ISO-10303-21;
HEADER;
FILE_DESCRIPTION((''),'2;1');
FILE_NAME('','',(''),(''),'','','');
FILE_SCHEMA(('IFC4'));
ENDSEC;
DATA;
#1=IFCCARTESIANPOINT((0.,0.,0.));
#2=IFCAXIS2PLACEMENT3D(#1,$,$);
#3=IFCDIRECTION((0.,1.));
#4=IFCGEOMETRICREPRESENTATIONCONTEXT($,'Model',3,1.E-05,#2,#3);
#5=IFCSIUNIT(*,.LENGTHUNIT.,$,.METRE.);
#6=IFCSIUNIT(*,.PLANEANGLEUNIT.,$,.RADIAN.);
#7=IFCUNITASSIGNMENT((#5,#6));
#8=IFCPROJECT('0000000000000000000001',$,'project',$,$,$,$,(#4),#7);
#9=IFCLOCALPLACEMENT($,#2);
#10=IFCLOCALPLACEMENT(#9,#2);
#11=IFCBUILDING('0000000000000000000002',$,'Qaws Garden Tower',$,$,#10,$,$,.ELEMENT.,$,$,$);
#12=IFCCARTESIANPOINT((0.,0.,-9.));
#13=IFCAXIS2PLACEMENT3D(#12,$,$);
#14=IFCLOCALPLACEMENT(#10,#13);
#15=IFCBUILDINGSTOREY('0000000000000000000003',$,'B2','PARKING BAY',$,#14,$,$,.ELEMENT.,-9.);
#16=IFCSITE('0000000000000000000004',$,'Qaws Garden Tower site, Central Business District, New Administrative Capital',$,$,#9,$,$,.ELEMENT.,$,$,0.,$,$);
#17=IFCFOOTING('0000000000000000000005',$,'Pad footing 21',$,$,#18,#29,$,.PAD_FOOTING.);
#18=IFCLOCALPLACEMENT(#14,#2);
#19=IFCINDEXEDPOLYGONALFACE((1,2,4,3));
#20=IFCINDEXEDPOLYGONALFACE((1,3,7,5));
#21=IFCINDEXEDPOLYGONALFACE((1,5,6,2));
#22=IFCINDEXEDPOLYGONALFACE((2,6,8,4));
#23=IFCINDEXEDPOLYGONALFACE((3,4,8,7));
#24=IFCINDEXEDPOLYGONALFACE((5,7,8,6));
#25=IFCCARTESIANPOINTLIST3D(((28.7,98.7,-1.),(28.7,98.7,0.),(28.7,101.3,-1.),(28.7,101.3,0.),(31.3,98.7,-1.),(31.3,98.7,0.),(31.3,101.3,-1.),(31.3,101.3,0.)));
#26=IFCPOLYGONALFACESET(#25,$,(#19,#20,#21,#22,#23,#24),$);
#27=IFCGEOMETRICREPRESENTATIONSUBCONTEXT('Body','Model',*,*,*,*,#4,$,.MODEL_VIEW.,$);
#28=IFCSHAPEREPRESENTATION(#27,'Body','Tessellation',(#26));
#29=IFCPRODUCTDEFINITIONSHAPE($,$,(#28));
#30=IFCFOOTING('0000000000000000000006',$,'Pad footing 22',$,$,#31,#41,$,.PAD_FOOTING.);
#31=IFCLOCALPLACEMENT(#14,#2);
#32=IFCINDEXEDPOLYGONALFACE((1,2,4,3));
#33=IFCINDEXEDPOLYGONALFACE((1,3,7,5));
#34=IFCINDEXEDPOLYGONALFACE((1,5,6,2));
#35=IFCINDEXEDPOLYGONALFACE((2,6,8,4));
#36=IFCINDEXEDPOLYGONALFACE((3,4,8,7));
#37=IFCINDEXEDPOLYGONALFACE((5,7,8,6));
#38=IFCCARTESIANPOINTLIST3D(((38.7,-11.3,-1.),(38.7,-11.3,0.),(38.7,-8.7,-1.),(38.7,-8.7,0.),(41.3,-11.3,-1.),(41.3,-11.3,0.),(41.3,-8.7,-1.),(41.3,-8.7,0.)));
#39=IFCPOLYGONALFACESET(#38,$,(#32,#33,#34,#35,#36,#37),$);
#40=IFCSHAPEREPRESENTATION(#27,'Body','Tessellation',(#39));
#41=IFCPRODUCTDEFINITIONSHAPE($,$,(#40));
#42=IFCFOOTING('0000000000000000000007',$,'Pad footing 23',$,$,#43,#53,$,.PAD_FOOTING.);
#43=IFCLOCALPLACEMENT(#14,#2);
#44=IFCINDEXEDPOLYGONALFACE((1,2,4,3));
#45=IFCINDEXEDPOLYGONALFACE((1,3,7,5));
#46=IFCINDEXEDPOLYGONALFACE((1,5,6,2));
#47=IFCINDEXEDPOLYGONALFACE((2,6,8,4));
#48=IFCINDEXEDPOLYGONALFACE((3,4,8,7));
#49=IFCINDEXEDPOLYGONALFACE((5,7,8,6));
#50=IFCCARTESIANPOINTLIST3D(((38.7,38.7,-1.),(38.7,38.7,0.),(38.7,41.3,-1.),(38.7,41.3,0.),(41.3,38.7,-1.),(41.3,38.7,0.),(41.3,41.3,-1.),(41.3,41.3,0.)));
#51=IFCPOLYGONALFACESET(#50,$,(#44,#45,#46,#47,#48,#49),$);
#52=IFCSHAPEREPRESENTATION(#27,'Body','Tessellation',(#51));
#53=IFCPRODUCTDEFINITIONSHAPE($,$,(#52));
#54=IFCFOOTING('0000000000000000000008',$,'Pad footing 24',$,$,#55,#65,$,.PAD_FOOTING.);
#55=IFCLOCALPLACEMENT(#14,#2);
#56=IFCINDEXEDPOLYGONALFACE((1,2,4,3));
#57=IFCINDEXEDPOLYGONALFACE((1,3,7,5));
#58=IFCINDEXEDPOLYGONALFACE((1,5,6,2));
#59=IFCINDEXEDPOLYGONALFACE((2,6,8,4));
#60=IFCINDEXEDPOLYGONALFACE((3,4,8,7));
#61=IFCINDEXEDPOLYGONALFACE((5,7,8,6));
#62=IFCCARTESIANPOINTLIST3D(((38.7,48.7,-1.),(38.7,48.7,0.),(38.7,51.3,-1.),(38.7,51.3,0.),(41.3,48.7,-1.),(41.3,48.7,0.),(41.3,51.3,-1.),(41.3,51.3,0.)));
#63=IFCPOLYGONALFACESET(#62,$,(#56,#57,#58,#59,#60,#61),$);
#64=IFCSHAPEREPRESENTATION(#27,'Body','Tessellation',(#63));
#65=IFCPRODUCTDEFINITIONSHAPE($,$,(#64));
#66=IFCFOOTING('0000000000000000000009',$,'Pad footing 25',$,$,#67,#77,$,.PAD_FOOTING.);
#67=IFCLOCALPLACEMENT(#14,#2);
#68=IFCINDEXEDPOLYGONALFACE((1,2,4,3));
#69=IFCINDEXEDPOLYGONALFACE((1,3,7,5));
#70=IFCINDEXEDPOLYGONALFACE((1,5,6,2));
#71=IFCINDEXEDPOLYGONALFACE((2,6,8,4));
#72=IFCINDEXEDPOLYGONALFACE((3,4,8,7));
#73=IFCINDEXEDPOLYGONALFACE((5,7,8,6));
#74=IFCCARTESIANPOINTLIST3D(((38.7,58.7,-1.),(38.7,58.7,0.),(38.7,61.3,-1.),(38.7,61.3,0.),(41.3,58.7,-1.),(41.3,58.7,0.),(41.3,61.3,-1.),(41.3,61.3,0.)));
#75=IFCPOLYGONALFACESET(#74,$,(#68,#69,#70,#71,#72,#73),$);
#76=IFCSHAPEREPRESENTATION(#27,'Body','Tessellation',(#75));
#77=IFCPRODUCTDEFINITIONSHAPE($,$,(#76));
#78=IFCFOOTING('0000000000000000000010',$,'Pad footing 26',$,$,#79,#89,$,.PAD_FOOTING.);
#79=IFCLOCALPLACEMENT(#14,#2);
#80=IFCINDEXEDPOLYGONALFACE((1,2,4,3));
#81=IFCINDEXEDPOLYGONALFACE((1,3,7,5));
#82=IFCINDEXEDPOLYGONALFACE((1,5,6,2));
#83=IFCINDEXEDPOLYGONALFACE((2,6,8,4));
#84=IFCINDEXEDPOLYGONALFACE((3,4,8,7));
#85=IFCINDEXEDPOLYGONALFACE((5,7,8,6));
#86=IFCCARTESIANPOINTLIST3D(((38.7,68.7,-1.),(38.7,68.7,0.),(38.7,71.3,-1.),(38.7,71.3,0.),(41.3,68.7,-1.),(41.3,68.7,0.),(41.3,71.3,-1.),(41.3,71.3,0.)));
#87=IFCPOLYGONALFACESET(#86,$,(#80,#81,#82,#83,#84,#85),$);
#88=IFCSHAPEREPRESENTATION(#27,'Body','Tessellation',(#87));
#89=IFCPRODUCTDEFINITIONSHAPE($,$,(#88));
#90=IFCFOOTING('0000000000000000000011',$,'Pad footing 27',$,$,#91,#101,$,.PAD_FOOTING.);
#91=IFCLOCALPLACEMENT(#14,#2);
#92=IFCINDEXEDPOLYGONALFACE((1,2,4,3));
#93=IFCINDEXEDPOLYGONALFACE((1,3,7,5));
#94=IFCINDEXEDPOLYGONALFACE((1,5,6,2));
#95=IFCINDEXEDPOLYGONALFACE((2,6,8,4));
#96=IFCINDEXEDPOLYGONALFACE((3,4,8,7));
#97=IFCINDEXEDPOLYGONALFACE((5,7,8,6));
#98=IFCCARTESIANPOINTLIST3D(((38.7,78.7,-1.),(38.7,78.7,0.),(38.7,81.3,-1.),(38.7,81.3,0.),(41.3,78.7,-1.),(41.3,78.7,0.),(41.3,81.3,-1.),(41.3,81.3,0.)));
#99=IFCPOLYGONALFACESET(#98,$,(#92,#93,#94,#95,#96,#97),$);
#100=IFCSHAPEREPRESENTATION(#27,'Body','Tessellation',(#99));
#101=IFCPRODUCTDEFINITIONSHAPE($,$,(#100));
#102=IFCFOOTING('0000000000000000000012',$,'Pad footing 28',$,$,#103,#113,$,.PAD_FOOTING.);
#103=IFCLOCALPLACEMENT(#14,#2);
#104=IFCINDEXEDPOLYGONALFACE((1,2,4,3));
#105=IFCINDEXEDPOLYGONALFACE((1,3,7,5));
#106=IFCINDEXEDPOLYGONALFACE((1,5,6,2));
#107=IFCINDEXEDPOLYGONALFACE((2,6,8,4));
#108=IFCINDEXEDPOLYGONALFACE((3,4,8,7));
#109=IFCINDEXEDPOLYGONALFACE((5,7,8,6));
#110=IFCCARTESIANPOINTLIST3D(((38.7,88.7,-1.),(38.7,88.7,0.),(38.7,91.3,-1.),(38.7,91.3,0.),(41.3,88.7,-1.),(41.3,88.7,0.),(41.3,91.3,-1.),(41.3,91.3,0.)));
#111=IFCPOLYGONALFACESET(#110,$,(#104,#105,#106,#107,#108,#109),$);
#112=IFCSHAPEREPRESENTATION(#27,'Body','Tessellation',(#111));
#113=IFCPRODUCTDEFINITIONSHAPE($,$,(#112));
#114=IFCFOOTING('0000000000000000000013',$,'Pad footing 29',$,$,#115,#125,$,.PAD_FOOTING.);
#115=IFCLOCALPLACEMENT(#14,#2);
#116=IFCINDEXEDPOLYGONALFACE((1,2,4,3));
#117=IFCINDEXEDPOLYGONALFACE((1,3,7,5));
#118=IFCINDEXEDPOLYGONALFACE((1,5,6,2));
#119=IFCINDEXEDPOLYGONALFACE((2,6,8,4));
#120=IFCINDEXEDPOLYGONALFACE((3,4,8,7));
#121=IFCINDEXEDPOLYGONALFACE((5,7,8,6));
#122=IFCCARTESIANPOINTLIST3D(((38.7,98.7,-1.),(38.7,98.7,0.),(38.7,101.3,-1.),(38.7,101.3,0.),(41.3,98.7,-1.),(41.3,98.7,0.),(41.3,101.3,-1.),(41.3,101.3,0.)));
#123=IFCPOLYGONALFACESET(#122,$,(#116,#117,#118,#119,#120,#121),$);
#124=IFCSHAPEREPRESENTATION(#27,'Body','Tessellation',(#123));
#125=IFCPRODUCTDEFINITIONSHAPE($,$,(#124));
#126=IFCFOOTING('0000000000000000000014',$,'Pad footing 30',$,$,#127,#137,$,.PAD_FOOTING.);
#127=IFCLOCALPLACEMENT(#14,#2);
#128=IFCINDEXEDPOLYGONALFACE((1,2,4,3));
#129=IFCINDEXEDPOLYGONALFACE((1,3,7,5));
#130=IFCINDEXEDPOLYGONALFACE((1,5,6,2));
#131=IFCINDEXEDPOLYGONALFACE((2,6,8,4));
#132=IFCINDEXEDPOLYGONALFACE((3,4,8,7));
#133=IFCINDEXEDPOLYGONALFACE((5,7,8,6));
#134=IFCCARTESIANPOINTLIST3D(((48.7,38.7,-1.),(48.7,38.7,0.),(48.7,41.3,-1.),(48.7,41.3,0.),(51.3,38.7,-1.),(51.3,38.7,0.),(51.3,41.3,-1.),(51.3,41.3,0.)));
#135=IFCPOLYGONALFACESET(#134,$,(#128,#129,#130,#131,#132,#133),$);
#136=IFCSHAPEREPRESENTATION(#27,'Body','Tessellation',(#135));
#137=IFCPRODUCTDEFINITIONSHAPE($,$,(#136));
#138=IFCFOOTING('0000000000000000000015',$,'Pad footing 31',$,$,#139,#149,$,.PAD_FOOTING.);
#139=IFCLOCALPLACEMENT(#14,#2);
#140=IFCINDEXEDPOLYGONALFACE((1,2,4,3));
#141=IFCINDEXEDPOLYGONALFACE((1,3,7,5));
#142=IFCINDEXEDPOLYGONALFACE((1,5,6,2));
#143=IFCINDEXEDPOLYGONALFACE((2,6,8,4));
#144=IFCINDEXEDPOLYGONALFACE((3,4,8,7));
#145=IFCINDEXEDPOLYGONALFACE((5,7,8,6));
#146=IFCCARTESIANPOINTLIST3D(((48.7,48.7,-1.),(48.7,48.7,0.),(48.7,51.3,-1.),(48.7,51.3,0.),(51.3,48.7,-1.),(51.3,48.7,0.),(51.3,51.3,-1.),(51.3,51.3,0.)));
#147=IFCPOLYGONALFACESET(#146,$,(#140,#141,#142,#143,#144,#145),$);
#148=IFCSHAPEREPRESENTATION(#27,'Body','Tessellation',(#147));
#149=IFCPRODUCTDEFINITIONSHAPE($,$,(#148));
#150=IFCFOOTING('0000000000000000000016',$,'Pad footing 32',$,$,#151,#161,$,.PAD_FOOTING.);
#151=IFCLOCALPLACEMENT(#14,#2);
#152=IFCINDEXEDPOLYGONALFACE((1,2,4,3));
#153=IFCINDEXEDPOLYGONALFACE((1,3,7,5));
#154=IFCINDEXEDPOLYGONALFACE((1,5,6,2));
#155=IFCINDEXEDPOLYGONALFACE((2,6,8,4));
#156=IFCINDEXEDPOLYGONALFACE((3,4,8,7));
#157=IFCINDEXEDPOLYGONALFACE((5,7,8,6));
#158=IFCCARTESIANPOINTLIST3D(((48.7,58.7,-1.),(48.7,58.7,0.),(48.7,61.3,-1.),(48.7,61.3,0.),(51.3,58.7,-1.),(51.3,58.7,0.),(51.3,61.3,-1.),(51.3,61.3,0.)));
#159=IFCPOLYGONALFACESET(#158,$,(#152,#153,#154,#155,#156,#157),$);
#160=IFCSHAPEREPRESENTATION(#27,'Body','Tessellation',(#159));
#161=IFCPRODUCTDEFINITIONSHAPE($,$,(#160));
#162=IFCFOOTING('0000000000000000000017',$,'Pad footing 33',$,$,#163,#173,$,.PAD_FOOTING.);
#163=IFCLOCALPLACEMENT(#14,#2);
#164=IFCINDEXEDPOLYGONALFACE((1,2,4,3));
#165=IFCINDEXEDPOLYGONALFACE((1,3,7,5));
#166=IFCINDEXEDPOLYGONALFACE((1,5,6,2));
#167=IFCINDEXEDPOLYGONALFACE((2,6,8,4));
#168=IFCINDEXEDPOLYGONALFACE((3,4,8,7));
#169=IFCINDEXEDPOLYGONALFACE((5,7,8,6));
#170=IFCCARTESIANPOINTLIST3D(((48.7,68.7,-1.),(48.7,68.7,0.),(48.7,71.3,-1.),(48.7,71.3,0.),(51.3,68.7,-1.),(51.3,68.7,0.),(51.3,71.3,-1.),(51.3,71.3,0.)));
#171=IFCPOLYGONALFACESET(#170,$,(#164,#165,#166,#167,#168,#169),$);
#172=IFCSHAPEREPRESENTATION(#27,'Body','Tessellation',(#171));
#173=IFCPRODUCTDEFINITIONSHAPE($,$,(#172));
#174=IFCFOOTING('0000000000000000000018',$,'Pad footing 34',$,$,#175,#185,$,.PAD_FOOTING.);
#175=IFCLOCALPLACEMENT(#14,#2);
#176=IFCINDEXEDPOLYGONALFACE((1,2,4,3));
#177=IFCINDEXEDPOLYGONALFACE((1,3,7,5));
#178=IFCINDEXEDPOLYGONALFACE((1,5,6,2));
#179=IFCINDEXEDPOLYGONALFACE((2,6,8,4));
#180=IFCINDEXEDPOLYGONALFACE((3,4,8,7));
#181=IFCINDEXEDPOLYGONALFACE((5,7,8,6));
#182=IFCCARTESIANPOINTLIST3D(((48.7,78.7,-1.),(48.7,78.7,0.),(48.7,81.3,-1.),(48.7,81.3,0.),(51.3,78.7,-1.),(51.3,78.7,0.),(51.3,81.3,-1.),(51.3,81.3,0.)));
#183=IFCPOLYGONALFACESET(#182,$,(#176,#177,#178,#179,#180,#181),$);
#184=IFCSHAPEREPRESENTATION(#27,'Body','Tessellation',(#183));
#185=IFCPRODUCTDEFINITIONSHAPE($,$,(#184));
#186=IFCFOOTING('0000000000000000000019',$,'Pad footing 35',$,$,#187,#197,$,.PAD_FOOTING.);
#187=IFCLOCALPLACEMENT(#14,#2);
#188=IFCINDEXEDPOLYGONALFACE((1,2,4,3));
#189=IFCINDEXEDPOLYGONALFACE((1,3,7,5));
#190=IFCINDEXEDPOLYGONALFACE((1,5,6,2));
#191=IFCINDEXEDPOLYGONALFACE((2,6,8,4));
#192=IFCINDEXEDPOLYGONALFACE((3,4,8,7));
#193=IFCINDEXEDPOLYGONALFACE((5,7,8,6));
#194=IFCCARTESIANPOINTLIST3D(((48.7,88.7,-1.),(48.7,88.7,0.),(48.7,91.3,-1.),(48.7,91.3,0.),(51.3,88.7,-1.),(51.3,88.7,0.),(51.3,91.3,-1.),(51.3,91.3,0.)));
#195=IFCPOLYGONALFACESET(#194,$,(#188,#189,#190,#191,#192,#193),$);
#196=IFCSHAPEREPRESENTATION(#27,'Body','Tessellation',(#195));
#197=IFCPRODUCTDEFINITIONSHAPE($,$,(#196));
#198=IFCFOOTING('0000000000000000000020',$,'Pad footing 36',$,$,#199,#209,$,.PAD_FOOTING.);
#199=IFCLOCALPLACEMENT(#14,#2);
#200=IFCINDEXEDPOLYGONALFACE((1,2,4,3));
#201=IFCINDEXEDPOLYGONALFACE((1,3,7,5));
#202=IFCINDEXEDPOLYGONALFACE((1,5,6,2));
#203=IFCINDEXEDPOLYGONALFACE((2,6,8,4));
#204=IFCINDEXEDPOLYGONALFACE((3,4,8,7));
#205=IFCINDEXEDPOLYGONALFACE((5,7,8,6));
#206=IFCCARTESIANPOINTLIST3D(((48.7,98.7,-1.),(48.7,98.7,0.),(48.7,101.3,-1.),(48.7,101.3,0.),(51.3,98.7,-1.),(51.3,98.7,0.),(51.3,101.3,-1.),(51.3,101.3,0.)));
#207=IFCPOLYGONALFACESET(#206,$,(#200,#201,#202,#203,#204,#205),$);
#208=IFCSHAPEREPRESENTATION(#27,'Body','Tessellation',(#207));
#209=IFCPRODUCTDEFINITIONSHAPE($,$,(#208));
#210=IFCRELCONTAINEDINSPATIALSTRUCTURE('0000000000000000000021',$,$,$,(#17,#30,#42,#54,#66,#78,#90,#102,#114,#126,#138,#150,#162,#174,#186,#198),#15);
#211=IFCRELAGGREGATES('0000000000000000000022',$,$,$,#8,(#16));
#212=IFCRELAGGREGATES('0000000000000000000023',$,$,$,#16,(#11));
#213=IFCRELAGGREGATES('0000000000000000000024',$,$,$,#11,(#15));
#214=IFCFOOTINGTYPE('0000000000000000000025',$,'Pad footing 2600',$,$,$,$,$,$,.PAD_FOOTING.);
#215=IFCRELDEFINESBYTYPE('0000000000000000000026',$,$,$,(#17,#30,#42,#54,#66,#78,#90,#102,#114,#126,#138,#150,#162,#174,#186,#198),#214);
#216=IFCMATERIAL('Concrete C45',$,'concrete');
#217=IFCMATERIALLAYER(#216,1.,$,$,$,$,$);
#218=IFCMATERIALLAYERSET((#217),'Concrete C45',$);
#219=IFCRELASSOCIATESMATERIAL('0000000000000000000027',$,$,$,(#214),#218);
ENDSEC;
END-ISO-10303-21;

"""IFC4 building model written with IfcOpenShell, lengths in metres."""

from ifc_helpers import new_model, si_unit, direction, frame, origin, place, context, subcontext, project, spatial, polyline, outline, extrude, material, layer, layer_set, type_object, element, save


model = new_model("IFC4")

# Units and contexts
model_context = context("Model", 3, precision=1e-05, world=origin(), true_north=direction((0.0, 1.0)))
body_context = subcontext(model_context, "Body", "Model", "MODEL_VIEW")
ifc_project = project(units=[si_unit("LENGTHUNIT", "METRE"), si_unit("PLANEANGLEUNIT", "RADIAN")], contexts=[model_context])

# Site, building, storey
site_placement = place(None, origin())
site = spatial("IfcSite", under=ifc_project, at=site_placement, Name="Qaws Garden Tower site, Central Business District, New Administrative Capital", CompositionType="ELEMENT", RefElevation=0.0)
building_placement = place(site_placement, origin())
building = spatial("IfcBuilding", under=site, at=building_placement, Name="Qaws Garden Tower", CompositionType="ELEMENT")
storey_placement = place(building_placement, frame((0.0, 0.0, -9.0)))
storey = spatial("IfcBuildingStorey", under=building, at=storey_placement, Name="B2", Description="PARKING BAY", CompositionType="ELEMENT", Elevation=-9.0)

# Footings
ifc_material_1 = material(Name="Concrete C45", Category="concrete")
ifc_layer_1 = layer(ifc_material_1, 1.0)
ifc_layer_set_1 = layer_set([ifc_layer_1], Name="Concrete C45")
footing_type_1 = type_object("IfcFootingType", Name="Pad footing 2600", PredefinedType="PAD_FOOTING", material=ifc_layer_set_1)
placement = place(storey_placement, frame((0.0, 0.0, -1.0)))
element("IfcFooting", 1, at=placement, inside=storey, type_object=footing_type_1, Name="Pad footing 21", PredefinedType="PAD_FOOTING", context=body_context, shape_type="SweptSolid", body=[
    extrude(outline(polyline([(28.7, 98.7), (31.3, 98.7), (31.3, 101.3), (28.7, 101.3), (28.7, 98.7)])), origin(), (0.0, 0.0, 1.0), 1.0),
])
element("IfcFooting", 2, at=placement, inside=storey, type_object=footing_type_1, Name="Pad footing 22", PredefinedType="PAD_FOOTING", context=body_context, shape_type="SweptSolid", body=[
    extrude(outline(polyline([(38.7, -11.3), (41.3, -11.3), (41.3, -8.7), (38.7, -8.7), (38.7, -11.3)])), origin(), (0.0, 0.0, 1.0), 1.0),
])
element("IfcFooting", 3, at=placement, inside=storey, type_object=footing_type_1, Name="Pad footing 23", PredefinedType="PAD_FOOTING", context=body_context, shape_type="SweptSolid", body=[
    extrude(outline(polyline([(38.7, 38.7), (41.3, 38.7), (41.3, 41.3), (38.7, 41.3), (38.7, 38.7)])), origin(), (0.0, 0.0, 1.0), 1.0),
])
element("IfcFooting", 4, at=placement, inside=storey, type_object=footing_type_1, Name="Pad footing 24", PredefinedType="PAD_FOOTING", context=body_context, shape_type="SweptSolid", body=[
    extrude(outline(polyline([(38.7, 48.7), (41.3, 48.7), (41.3, 51.3), (38.7, 51.3), (38.7, 48.7)])), origin(), (0.0, 0.0, 1.0), 1.0),
])
element("IfcFooting", 5, at=placement, inside=storey, type_object=footing_type_1, Name="Pad footing 25", PredefinedType="PAD_FOOTING", context=body_context, shape_type="SweptSolid", body=[
    extrude(outline(polyline([(38.7, 58.7), (41.3, 58.7), (41.3, 61.3), (38.7, 61.3), (38.7, 58.7)])), origin(), (0.0, 0.0, 1.0), 1.0),
])
element("IfcFooting", 6, at=placement, inside=storey, type_object=footing_type_1, Name="Pad footing 26", PredefinedType="PAD_FOOTING", context=body_context, shape_type="SweptSolid", body=[
    extrude(outline(polyline([(38.7, 68.7), (41.3, 68.7), (41.3, 71.3), (38.7, 71.3), (38.7, 68.7)])), origin(), (0.0, 0.0, 1.0), 1.0),
])
element("IfcFooting", 7, at=placement, inside=storey, type_object=footing_type_1, Name="Pad footing 27", PredefinedType="PAD_FOOTING", context=body_context, shape_type="SweptSolid", body=[
    extrude(outline(polyline([(38.7, 78.7), (41.3, 78.7), (41.3, 81.3), (38.7, 81.3), (38.7, 78.7)])), origin(), (0.0, 0.0, 1.0), 1.0),
])
element("IfcFooting", 8, at=placement, inside=storey, type_object=footing_type_1, Name="Pad footing 28", PredefinedType="PAD_FOOTING", context=body_context, shape_type="SweptSolid", body=[
    extrude(outline(polyline([(38.7, 88.7), (41.3, 88.7), (41.3, 91.3), (38.7, 91.3), (38.7, 88.7)])), origin(), (0.0, 0.0, 1.0), 1.0),
])
element("IfcFooting", 9, at=placement, inside=storey, type_object=footing_type_1, Name="Pad footing 29", PredefinedType="PAD_FOOTING", context=body_context, shape_type="SweptSolid", body=[
    extrude(outline(polyline([(38.7, 98.7), (41.3, 98.7), (41.3, 101.3), (38.7, 101.3), (38.7, 98.7)])), origin(), (0.0, 0.0, 1.0), 1.0),
])
element("IfcFooting", 10, at=placement, inside=storey, type_object=footing_type_1, Name="Pad footing 30", PredefinedType="PAD_FOOTING", context=body_context, shape_type="SweptSolid", body=[
    extrude(outline(polyline([(48.7, 38.7), (51.3, 38.7), (51.3, 41.3), (48.7, 41.3), (48.7, 38.7)])), origin(), (0.0, 0.0, 1.0), 1.0),
])
element("IfcFooting", 11, at=placement, inside=storey, type_object=footing_type_1, Name="Pad footing 31", PredefinedType="PAD_FOOTING", context=body_context, shape_type="SweptSolid", body=[
    extrude(outline(polyline([(48.7, 48.7), (51.3, 48.7), (51.3, 51.3), (48.7, 51.3), (48.7, 48.7)])), origin(), (0.0, 0.0, 1.0), 1.0),
])
element("IfcFooting", 12, at=placement, inside=storey, type_object=footing_type_1, Name="Pad footing 32", PredefinedType="PAD_FOOTING", context=body_context, shape_type="SweptSolid", body=[
    extrude(outline(polyline([(48.7, 58.7), (51.3, 58.7), (51.3, 61.3), (48.7, 61.3), (48.7, 58.7)])), origin(), (0.0, 0.0, 1.0), 1.0),
])
element("IfcFooting", 13, at=placement, inside=storey, type_object=footing_type_1, Name="Pad footing 33", PredefinedType="PAD_FOOTING", context=body_context, shape_type="SweptSolid", body=[
    extrude(outline(polyline([(48.7, 68.7), (51.3, 68.7), (51.3, 71.3), (48.7, 71.3), (48.7, 68.7)])), origin(), (0.0, 0.0, 1.0), 1.0),
])
element("IfcFooting", 14, at=placement, inside=storey, type_object=footing_type_1, Name="Pad footing 34", PredefinedType="PAD_FOOTING", context=body_context, shape_type="SweptSolid", body=[
    extrude(outline(polyline([(48.7, 78.7), (51.3, 78.7), (51.3, 81.3), (48.7, 81.3), (48.7, 78.7)])), origin(), (0.0, 0.0, 1.0), 1.0),
])
element("IfcFooting", 15, at=placement, inside=storey, type_object=footing_type_1, Name="Pad footing 35", PredefinedType="PAD_FOOTING", context=body_context, shape_type="SweptSolid", body=[
    extrude(outline(polyline([(48.7, 88.7), (51.3, 88.7), (51.3, 91.3), (48.7, 91.3), (48.7, 88.7)])), origin(), (0.0, 0.0, 1.0), 1.0),
])
element("IfcFooting", 16, at=placement, inside=storey, type_object=footing_type_1, Name="Pad footing 36", PredefinedType="PAD_FOOTING", context=body_context, shape_type="SweptSolid", body=[
    extrude(outline(polyline([(48.7, 98.7), (51.3, 98.7), (51.3, 101.3), (48.7, 101.3), (48.7, 98.7)])), origin(), (0.0, 0.0, 1.0), 1.0),
])

save(model, "model.ifc")
